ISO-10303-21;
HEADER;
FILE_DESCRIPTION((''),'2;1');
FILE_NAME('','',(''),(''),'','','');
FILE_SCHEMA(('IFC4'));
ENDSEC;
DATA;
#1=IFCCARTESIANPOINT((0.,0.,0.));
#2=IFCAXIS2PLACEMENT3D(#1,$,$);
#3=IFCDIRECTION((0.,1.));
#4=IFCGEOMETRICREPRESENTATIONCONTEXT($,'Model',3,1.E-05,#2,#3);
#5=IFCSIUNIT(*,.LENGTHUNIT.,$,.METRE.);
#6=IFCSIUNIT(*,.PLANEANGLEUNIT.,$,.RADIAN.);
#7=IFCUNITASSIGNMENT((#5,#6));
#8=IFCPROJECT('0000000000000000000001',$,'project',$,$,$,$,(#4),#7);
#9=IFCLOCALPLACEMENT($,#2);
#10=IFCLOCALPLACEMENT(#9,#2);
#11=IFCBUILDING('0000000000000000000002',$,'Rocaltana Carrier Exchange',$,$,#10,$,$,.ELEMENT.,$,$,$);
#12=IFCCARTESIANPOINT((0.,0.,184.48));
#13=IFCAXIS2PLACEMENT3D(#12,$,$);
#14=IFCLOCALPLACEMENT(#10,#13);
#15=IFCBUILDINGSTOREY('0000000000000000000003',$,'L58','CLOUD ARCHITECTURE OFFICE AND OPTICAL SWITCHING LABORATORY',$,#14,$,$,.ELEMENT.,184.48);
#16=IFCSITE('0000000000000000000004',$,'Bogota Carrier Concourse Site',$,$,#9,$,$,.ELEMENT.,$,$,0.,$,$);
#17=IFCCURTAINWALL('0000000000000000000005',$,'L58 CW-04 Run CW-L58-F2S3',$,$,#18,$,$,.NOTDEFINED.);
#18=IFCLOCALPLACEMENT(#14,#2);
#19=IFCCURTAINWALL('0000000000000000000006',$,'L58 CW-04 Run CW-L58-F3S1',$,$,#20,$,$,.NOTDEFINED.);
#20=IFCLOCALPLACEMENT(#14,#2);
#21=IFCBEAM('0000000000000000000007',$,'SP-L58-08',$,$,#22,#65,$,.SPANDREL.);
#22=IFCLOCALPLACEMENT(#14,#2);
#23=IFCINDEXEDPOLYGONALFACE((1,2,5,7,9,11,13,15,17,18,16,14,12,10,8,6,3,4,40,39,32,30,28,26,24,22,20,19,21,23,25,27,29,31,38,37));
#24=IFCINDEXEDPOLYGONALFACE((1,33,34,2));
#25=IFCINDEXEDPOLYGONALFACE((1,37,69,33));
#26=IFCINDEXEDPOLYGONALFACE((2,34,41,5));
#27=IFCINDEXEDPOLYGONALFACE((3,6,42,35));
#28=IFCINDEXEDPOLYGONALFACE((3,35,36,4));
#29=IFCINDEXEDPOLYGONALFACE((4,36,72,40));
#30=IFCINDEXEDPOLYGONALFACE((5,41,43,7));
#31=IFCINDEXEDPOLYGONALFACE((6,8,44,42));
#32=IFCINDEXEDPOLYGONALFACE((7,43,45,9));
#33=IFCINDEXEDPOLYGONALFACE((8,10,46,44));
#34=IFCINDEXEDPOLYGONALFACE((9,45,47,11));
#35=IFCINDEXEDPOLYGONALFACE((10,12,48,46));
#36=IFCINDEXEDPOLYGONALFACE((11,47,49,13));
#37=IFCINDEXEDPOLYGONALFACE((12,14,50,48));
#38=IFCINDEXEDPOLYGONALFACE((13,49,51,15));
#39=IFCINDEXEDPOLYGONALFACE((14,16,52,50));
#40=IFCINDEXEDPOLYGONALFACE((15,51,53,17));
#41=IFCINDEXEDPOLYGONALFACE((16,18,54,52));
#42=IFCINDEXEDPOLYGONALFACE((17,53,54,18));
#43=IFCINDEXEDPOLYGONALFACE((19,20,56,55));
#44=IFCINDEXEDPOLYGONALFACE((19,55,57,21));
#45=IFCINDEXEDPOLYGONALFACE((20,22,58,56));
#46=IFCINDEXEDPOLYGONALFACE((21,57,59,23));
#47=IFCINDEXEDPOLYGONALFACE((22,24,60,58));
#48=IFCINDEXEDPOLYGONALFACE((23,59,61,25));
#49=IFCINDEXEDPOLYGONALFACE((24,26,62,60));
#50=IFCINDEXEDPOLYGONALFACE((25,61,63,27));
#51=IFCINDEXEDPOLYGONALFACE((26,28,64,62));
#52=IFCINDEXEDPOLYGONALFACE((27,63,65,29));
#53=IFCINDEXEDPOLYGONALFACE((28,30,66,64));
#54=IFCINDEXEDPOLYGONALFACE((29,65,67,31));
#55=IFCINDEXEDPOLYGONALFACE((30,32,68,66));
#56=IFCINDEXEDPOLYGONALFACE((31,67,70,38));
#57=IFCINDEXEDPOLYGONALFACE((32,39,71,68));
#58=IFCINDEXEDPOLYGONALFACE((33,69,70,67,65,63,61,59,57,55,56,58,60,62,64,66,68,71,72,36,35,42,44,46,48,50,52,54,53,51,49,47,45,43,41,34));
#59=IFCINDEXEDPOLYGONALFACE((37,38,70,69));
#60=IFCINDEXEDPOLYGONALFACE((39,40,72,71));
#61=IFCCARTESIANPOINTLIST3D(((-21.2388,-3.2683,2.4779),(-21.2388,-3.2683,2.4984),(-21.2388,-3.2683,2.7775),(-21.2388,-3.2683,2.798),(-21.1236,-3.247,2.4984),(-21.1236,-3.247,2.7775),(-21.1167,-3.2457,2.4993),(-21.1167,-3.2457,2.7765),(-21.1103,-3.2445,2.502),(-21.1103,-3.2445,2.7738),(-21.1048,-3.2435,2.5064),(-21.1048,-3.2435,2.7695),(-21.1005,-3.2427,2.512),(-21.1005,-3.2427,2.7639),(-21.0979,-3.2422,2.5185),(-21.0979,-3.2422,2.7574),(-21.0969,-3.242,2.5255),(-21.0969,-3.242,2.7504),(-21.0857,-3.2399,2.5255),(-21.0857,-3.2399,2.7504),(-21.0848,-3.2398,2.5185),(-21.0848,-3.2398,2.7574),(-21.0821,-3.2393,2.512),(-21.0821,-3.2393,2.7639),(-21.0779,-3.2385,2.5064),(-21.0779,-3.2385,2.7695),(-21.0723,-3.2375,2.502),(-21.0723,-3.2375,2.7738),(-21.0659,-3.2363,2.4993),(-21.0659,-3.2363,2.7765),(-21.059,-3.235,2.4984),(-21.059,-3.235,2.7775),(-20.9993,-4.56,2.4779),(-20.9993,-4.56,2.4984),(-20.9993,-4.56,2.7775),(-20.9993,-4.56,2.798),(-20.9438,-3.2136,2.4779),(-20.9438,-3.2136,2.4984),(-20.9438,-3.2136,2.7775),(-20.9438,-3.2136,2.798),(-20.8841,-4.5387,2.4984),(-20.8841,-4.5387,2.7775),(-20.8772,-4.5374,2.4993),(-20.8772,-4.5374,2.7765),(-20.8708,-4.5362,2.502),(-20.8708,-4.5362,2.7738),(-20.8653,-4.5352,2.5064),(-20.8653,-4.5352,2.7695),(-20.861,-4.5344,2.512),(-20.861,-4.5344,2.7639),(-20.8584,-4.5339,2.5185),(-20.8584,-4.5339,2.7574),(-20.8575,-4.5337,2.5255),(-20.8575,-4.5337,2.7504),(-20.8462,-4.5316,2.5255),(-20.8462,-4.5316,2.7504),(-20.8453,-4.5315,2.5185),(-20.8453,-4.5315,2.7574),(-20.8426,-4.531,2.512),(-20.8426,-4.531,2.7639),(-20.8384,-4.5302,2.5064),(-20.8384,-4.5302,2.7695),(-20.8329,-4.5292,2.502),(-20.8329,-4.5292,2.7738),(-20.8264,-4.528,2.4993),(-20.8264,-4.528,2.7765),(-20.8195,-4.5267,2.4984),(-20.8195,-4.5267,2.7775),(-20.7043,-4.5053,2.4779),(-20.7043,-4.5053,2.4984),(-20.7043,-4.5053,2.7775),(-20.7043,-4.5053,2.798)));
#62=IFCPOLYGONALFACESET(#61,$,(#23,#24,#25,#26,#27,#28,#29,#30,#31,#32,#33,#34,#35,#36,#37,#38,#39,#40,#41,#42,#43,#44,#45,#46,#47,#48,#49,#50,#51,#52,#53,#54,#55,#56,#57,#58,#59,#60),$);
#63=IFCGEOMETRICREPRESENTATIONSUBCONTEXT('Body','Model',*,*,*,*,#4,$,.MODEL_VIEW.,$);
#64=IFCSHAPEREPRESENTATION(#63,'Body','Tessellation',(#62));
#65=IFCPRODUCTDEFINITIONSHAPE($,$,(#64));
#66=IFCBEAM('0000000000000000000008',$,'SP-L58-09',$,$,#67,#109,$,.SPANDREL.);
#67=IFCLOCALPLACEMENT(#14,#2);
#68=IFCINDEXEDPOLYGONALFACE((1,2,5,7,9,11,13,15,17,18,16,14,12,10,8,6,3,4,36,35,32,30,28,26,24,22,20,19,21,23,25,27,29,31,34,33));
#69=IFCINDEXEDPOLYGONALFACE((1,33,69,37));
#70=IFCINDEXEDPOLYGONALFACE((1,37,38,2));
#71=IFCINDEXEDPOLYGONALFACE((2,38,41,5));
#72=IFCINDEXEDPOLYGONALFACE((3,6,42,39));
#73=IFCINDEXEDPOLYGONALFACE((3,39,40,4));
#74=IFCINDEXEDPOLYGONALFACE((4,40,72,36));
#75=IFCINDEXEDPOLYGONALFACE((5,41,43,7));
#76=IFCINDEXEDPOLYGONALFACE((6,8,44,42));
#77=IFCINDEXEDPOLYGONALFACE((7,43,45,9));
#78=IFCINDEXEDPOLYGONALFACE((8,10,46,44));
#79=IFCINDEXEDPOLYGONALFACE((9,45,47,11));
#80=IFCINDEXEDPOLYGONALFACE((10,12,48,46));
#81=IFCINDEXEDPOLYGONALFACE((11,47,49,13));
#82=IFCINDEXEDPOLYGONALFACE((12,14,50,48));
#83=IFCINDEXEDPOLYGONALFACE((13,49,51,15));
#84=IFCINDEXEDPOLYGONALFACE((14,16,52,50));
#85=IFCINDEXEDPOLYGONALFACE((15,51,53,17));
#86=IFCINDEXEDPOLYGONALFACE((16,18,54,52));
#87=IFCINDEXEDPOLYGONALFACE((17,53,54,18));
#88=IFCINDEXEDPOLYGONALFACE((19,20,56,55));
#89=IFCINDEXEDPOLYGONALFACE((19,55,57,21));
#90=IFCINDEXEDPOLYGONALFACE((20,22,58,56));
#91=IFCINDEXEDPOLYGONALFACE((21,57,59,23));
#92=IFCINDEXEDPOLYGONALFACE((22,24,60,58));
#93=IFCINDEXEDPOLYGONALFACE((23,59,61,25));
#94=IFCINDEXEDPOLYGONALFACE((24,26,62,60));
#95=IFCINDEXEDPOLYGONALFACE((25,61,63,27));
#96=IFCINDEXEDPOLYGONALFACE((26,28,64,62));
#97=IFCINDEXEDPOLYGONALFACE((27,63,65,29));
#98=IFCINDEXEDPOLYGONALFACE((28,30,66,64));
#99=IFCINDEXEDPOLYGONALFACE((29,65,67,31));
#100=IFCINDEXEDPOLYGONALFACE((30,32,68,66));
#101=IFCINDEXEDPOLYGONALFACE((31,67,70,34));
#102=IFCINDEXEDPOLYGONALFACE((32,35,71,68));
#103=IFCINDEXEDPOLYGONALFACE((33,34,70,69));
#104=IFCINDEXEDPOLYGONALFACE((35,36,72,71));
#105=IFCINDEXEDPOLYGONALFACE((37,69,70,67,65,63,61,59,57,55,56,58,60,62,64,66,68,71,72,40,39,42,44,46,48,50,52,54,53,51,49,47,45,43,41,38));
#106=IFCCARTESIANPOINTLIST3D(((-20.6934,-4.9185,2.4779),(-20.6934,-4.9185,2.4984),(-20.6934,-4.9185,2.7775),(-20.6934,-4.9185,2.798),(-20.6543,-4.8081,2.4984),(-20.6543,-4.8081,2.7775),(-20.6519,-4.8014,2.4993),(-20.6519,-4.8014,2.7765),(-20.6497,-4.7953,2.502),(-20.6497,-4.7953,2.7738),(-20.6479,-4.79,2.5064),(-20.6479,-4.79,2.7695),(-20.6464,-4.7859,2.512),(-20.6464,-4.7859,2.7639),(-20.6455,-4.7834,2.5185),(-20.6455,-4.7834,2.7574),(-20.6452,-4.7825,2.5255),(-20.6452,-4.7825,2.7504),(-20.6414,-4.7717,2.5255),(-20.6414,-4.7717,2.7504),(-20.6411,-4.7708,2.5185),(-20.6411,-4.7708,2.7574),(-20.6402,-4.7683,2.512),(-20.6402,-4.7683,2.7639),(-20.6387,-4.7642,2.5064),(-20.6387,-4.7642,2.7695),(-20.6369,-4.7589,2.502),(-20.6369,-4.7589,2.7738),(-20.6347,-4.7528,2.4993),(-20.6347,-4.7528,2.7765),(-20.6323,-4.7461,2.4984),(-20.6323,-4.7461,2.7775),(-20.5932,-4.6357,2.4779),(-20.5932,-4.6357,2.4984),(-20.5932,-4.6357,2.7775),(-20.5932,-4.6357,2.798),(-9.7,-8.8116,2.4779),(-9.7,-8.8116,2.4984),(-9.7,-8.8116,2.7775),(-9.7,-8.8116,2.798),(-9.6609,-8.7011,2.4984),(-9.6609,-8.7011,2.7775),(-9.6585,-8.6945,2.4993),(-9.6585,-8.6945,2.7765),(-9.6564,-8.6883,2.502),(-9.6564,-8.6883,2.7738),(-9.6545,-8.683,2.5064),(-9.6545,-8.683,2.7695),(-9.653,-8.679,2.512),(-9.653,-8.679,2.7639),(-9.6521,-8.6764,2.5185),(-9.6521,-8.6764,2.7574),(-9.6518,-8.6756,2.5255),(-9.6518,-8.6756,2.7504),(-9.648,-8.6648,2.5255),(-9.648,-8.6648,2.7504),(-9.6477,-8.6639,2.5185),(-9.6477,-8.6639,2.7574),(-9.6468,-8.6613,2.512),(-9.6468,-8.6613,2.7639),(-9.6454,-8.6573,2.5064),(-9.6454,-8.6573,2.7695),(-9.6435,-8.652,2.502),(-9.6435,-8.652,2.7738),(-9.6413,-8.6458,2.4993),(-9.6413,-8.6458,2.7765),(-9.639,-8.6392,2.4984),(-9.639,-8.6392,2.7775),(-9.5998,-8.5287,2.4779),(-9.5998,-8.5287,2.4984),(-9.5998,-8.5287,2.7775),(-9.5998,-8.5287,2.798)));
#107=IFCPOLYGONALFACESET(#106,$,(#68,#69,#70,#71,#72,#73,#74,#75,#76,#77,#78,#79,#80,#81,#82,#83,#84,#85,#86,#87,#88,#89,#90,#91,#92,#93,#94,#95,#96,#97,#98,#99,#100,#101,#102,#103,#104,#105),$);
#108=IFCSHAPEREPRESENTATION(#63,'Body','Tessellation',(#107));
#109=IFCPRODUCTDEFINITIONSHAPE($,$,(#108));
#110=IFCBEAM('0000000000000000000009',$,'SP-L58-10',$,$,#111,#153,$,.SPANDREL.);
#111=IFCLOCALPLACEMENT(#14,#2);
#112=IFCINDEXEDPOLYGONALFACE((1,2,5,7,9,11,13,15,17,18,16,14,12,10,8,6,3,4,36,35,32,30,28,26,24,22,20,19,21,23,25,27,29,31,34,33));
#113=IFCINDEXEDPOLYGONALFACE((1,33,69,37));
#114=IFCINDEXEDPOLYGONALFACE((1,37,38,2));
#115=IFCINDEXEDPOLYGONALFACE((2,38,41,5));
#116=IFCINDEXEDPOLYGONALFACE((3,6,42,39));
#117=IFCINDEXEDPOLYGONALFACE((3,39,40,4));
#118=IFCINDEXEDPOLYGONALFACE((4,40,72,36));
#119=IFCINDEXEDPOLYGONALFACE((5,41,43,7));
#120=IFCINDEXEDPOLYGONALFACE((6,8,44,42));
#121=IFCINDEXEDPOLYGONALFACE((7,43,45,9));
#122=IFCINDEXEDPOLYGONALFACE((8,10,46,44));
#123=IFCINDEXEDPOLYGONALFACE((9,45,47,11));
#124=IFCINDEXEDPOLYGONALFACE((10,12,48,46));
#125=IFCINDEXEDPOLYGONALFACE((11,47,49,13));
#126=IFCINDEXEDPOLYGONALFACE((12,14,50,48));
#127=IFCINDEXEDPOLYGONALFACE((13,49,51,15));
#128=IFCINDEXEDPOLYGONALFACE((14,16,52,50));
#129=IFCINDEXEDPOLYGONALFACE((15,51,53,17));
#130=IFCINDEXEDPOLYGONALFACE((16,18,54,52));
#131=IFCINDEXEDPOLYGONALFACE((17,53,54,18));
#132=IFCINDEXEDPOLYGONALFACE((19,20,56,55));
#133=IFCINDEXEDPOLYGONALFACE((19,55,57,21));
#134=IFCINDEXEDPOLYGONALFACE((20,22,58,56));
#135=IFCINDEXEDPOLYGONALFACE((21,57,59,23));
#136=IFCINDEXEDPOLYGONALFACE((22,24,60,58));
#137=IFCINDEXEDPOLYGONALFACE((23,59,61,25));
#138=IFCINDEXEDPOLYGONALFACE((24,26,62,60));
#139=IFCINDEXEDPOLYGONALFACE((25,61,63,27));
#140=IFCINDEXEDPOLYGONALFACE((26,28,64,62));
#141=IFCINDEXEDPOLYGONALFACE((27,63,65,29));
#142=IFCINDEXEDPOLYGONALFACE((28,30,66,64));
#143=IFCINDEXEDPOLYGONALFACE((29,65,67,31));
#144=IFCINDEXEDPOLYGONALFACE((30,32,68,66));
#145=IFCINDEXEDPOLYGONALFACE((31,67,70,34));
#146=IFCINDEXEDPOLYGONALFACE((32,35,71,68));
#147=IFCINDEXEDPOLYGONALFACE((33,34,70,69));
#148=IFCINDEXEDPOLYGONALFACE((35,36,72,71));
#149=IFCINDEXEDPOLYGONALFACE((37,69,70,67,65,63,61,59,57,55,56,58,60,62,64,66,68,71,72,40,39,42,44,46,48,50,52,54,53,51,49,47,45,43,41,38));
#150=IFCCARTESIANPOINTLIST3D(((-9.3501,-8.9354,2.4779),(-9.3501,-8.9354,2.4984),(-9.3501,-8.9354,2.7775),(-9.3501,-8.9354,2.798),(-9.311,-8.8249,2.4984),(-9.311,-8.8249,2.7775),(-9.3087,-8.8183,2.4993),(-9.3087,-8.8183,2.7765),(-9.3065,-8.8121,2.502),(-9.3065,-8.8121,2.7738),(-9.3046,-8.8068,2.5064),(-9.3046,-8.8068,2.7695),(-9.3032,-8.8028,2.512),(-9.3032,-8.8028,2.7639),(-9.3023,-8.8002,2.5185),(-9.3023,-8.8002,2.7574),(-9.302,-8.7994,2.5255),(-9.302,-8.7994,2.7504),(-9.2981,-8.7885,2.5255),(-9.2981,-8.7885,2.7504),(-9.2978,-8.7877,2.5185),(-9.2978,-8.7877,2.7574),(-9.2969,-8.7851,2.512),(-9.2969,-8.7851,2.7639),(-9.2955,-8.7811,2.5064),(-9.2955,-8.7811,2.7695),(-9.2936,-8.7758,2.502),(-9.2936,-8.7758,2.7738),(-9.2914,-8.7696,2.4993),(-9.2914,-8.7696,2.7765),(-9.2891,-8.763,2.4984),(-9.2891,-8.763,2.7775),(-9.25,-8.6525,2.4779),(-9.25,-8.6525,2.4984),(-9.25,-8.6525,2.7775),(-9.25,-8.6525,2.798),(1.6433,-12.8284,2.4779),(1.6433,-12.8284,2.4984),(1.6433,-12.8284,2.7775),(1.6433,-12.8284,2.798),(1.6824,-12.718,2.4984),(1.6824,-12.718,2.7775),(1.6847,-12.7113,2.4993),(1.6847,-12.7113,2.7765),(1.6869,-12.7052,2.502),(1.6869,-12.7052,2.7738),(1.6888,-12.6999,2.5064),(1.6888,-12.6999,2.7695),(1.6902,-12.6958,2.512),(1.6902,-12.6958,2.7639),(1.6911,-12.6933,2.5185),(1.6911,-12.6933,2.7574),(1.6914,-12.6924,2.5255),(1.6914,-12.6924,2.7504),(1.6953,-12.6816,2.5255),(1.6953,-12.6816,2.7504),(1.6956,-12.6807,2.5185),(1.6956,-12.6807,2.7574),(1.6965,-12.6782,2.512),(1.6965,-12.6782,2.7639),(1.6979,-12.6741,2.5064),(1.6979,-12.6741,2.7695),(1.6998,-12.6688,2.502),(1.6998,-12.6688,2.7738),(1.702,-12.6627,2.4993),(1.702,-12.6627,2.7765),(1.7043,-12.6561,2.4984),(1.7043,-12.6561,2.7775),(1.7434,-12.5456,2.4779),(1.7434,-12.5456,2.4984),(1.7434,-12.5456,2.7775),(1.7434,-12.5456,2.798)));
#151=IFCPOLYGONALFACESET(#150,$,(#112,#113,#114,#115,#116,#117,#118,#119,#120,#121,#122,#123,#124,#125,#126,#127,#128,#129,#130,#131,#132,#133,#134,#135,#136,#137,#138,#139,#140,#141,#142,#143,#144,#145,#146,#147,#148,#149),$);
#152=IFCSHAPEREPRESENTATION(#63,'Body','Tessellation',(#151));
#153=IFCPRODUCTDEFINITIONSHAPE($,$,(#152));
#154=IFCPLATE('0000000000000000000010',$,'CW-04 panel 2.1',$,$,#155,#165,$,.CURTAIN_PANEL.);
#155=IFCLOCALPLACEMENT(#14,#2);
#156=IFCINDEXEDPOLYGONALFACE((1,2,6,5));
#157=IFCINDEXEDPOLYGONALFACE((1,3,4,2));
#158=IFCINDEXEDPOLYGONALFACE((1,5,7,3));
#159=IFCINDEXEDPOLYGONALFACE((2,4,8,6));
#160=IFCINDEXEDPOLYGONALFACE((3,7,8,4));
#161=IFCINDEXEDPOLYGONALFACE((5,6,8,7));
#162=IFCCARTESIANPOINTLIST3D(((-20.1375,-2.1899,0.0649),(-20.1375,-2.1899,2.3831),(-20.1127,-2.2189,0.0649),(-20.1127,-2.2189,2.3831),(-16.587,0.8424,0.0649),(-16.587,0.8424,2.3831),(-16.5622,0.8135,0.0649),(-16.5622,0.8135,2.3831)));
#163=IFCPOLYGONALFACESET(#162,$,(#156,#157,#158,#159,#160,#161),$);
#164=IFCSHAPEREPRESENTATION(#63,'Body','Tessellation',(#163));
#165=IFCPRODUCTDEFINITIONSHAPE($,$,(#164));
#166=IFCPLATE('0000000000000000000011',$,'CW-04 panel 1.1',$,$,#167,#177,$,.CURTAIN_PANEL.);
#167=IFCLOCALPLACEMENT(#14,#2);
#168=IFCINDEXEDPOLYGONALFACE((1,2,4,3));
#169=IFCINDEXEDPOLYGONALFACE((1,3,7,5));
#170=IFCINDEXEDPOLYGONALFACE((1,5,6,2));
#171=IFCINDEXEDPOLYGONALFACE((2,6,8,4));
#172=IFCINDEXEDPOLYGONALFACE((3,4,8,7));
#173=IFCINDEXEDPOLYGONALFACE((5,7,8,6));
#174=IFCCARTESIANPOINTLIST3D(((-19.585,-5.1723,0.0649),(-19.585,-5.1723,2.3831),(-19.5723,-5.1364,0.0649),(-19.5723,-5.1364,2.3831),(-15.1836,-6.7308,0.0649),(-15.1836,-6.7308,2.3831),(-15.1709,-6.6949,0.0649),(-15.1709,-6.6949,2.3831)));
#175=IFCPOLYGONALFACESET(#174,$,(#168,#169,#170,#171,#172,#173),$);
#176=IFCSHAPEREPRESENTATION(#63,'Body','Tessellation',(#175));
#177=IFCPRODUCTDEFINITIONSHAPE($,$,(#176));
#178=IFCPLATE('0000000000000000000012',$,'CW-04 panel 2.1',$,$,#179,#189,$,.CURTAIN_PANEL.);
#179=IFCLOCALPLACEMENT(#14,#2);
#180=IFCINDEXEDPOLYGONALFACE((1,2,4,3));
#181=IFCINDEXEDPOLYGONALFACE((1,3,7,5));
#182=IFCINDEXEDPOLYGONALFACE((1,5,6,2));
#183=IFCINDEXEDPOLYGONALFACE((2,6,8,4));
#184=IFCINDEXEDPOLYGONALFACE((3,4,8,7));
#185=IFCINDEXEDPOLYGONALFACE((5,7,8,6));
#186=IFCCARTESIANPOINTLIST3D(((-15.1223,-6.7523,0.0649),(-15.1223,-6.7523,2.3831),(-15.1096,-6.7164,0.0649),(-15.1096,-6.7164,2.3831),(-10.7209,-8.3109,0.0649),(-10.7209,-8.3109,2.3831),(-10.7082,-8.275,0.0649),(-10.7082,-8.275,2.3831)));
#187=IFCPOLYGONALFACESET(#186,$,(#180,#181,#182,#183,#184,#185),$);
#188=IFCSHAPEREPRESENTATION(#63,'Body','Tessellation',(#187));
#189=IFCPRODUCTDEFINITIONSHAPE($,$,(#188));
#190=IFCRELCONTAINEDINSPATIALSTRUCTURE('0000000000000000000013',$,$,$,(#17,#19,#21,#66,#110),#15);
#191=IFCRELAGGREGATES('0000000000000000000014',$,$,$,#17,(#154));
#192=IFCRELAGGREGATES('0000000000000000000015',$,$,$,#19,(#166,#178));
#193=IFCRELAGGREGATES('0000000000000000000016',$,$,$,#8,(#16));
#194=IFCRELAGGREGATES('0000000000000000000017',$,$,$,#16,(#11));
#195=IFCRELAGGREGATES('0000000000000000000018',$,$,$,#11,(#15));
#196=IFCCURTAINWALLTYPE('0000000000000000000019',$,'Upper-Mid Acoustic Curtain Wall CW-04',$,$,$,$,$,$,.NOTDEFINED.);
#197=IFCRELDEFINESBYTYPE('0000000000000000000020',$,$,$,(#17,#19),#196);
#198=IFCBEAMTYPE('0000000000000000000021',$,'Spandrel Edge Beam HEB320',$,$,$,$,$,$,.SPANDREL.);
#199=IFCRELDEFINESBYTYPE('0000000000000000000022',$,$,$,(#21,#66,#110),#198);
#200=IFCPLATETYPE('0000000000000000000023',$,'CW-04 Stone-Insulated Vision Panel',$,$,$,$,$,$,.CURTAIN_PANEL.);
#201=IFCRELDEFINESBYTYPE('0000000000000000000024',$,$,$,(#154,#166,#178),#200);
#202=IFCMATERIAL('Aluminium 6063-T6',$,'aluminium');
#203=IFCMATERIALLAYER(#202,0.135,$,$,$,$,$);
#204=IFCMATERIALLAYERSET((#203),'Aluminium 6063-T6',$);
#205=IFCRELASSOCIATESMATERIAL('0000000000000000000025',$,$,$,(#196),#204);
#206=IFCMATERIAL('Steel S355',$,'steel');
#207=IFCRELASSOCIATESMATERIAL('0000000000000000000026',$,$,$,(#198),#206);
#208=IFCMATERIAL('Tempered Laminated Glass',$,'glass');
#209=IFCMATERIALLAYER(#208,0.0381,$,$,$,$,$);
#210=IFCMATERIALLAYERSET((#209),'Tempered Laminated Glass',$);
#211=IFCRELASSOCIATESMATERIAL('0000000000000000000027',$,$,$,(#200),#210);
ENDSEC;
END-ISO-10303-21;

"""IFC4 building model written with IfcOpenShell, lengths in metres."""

from ifc_helpers import new_model, si_unit, direction, frame, origin, origin_2d, place, context, subcontext, project, spatial, rectangle, i_section, extrude, material, layer, layer_set, material_profile, profile_set, type_object, element, aggregate, save


model = new_model("IFC4")

# Units and contexts
model_context = context("Model", 3, precision=1e-05, world=origin(), true_north=direction((0.0, 1.0)))
body_context = subcontext(model_context, "Body", "Model", "MODEL_VIEW")
ifc_project = project(units=[si_unit("LENGTHUNIT", "METRE"), si_unit("PLANEANGLEUNIT", "RADIAN")], contexts=[model_context])

# Site, building, storey
site_placement = place(None, origin())
site = spatial("IfcSite", under=ifc_project, at=site_placement, Name="Bogota Carrier Concourse Site", CompositionType="ELEMENT", RefElevation=0.0)
building_placement = place(site_placement, origin())
building = spatial("IfcBuilding", under=site, at=building_placement, Name="Rocaltana Carrier Exchange", CompositionType="ELEMENT")
storey_placement = place(building_placement, frame((0.0, 0.0, 184.48)))
storey = spatial("IfcBuildingStorey", under=building, at=storey_placement, Name="L58", Description="CLOUD ARCHITECTURE OFFICE AND OPTICAL SWITCHING LABORATORY", CompositionType="ELEMENT", Elevation=184.48)

# Curtain wall
ifc_material_1 = material(Name="Aluminium 6063-T6", Category="aluminium")
ifc_layer_1 = layer(ifc_material_1, 0.135)
ifc_layer_set_1 = layer_set([ifc_layer_1], Name="Aluminium 6063-T6")
curtain_wall_type = type_object("IfcCurtainWallType", Name="Upper-Mid Acoustic Curtain Wall CW-04", PredefinedType="NOTDEFINED", material=ifc_layer_set_1)
curtain_wall_1_placement = place(storey_placement, origin())
curtain_wall_1 = element("IfcCurtainWall", 1, at=curtain_wall_1_placement, inside=storey, type_object=curtain_wall_type, Name="L58 CW-04 Run CW-L58-F2S3", PredefinedType="NOTDEFINED")

# Curtain wall
curtain_wall_2_placement = place(storey_placement, origin())
curtain_wall_2 = element("IfcCurtainWall", 2, at=curtain_wall_2_placement, inside=storey, type_object=curtain_wall_type, Name="L58 CW-04 Run CW-L58-F3S1", PredefinedType="NOTDEFINED")

# Beams
ifc_material_2 = material(Name="Steel S355", Category="steel")
ifc_material_profile_1 = material_profile(ifc_material_2, i_section(OverallWidth=0.3, OverallDepth=0.3201, WebThickness=0.0115, FlangeThickness=0.0205, FilletRadius=0.0271, at=origin_2d()), Name="HEB320")
ifc_profile_set_1 = profile_set([ifc_material_profile_1], Name="Steel S355")
beam_type_1 = type_object("IfcBeamType", Name="Spandrel Edge Beam HEB320", PredefinedType="SPANDREL", material=ifc_profile_set_1)
beam_1_placement = place(storey_placement, frame((-21.0913, -3.241, 2.6379), z_axis=(0.182302, -0.983243, 0.0), x_axis=(0.983243, 0.182302, 0.0)))
element("IfcBeam", 3, at=beam_1_placement, inside=storey, type_object=beam_type_1, Name="SP-L58-08", PredefinedType="SPANDREL", context=body_context, shape_type="SweptSolid", body=[
    extrude(i_section(OverallWidth=0.3, OverallDepth=0.3201, WebThickness=0.0115, FlangeThickness=0.0205, FilletRadius=0.0271, at=origin_2d()), origin(), (0.0, 0.0, 1.0), 1.3137),
])
for number, where, z_axis, x_axis, name in (
    (4, (-20.6433, -4.7771, 2.6379), (0.942639, -0.333814, 0.0), (0.333814, 0.942639, 0.0), "SP-L58-09"),
    (5, (-9.3, -8.7939, 2.6379), (0.942639, -0.333814, 0.0), (0.333814, 0.942639, 0.0), "SP-L58-10"),
):
    element("IfcBeam", number, at=place(storey_placement, frame(where, z_axis=z_axis, x_axis=x_axis)), inside=storey, type_object=beam_type_1, Name=name, PredefinedType="SPANDREL", context=body_context, shape_type="SweptSolid", body=[
        extrude(i_section(OverallWidth=0.3, OverallDepth=0.3201, WebThickness=0.0115, FlangeThickness=0.0205, FilletRadius=0.0271, at=origin_2d()), origin(), (0.0, 0.0, 1.0), 11.6624),
    ])

# Plates
ifc_material_3 = material(Name="Tempered Laminated Glass", Category="glass")
ifc_layer_2 = layer(ifc_material_3, 0.0381)
ifc_layer_set_2 = layer_set([ifc_layer_2], Name="Tempered Laminated Glass")
plate_type = type_object("IfcPlateType", Name="CW-04 Stone-Insulated Vision Panel", PredefinedType="CURTAIN_PANEL", material=ifc_layer_set_2)
plate_1_placement = place(storey_placement, frame((-18.3499, -0.6882, 0.0649), z_axis=(0.0, 0.0, 1.0), x_axis=(-0.760406, -0.649448, 0.0)))
plate_1 = element("IfcPlate", 6, at=plate_1_placement, type_object=plate_type, Name="CW-04 panel 2.1", PredefinedType="CURTAIN_PANEL", context=body_context, shape_type="SweptSolid", body=[
    extrude(rectangle(XDim=4.6692, YDim=0.0381, at=origin_2d()), origin(), (0.0, 0.0, 1.0), 2.3181),
])
aggregate(curtain_wall_1, [plate_1])
plate_2_placement = place(storey_placement, frame((-17.3779, -5.9336, 0.0649), z_axis=(0.0, 0.0, 1.0), x_axis=(0.942646, -0.333795, 0.0)))
plate_2 = element("IfcPlate", 7, at=plate_2_placement, type_object=plate_type, Name="CW-04 panel 1.1", PredefinedType="CURTAIN_PANEL", context=body_context, shape_type="SweptSolid", body=[
    extrude(rectangle(XDim=4.6692, YDim=0.0381, at=origin_2d()), origin(), (0.0, 0.0, 1.0), 2.3181),
])
plate_3_placement = place(storey_placement, frame((-12.9153, -7.5137, 0.0649), z_axis=(0.0, 0.0, 1.0), x_axis=(0.942646, -0.333795, 0.0)))
plate_3 = element("IfcPlate", 8, at=plate_3_placement, type_object=plate_type, Name="CW-04 panel 2.1", PredefinedType="CURTAIN_PANEL", context=body_context, shape_type="SweptSolid", body=[
    extrude(rectangle(XDim=4.6692, YDim=0.0381, at=origin_2d()), origin(), (0.0, 0.0, 1.0), 2.3181),
])
aggregate(curtain_wall_2, [plate_2, plate_3])

save(model, "model.ifc")
